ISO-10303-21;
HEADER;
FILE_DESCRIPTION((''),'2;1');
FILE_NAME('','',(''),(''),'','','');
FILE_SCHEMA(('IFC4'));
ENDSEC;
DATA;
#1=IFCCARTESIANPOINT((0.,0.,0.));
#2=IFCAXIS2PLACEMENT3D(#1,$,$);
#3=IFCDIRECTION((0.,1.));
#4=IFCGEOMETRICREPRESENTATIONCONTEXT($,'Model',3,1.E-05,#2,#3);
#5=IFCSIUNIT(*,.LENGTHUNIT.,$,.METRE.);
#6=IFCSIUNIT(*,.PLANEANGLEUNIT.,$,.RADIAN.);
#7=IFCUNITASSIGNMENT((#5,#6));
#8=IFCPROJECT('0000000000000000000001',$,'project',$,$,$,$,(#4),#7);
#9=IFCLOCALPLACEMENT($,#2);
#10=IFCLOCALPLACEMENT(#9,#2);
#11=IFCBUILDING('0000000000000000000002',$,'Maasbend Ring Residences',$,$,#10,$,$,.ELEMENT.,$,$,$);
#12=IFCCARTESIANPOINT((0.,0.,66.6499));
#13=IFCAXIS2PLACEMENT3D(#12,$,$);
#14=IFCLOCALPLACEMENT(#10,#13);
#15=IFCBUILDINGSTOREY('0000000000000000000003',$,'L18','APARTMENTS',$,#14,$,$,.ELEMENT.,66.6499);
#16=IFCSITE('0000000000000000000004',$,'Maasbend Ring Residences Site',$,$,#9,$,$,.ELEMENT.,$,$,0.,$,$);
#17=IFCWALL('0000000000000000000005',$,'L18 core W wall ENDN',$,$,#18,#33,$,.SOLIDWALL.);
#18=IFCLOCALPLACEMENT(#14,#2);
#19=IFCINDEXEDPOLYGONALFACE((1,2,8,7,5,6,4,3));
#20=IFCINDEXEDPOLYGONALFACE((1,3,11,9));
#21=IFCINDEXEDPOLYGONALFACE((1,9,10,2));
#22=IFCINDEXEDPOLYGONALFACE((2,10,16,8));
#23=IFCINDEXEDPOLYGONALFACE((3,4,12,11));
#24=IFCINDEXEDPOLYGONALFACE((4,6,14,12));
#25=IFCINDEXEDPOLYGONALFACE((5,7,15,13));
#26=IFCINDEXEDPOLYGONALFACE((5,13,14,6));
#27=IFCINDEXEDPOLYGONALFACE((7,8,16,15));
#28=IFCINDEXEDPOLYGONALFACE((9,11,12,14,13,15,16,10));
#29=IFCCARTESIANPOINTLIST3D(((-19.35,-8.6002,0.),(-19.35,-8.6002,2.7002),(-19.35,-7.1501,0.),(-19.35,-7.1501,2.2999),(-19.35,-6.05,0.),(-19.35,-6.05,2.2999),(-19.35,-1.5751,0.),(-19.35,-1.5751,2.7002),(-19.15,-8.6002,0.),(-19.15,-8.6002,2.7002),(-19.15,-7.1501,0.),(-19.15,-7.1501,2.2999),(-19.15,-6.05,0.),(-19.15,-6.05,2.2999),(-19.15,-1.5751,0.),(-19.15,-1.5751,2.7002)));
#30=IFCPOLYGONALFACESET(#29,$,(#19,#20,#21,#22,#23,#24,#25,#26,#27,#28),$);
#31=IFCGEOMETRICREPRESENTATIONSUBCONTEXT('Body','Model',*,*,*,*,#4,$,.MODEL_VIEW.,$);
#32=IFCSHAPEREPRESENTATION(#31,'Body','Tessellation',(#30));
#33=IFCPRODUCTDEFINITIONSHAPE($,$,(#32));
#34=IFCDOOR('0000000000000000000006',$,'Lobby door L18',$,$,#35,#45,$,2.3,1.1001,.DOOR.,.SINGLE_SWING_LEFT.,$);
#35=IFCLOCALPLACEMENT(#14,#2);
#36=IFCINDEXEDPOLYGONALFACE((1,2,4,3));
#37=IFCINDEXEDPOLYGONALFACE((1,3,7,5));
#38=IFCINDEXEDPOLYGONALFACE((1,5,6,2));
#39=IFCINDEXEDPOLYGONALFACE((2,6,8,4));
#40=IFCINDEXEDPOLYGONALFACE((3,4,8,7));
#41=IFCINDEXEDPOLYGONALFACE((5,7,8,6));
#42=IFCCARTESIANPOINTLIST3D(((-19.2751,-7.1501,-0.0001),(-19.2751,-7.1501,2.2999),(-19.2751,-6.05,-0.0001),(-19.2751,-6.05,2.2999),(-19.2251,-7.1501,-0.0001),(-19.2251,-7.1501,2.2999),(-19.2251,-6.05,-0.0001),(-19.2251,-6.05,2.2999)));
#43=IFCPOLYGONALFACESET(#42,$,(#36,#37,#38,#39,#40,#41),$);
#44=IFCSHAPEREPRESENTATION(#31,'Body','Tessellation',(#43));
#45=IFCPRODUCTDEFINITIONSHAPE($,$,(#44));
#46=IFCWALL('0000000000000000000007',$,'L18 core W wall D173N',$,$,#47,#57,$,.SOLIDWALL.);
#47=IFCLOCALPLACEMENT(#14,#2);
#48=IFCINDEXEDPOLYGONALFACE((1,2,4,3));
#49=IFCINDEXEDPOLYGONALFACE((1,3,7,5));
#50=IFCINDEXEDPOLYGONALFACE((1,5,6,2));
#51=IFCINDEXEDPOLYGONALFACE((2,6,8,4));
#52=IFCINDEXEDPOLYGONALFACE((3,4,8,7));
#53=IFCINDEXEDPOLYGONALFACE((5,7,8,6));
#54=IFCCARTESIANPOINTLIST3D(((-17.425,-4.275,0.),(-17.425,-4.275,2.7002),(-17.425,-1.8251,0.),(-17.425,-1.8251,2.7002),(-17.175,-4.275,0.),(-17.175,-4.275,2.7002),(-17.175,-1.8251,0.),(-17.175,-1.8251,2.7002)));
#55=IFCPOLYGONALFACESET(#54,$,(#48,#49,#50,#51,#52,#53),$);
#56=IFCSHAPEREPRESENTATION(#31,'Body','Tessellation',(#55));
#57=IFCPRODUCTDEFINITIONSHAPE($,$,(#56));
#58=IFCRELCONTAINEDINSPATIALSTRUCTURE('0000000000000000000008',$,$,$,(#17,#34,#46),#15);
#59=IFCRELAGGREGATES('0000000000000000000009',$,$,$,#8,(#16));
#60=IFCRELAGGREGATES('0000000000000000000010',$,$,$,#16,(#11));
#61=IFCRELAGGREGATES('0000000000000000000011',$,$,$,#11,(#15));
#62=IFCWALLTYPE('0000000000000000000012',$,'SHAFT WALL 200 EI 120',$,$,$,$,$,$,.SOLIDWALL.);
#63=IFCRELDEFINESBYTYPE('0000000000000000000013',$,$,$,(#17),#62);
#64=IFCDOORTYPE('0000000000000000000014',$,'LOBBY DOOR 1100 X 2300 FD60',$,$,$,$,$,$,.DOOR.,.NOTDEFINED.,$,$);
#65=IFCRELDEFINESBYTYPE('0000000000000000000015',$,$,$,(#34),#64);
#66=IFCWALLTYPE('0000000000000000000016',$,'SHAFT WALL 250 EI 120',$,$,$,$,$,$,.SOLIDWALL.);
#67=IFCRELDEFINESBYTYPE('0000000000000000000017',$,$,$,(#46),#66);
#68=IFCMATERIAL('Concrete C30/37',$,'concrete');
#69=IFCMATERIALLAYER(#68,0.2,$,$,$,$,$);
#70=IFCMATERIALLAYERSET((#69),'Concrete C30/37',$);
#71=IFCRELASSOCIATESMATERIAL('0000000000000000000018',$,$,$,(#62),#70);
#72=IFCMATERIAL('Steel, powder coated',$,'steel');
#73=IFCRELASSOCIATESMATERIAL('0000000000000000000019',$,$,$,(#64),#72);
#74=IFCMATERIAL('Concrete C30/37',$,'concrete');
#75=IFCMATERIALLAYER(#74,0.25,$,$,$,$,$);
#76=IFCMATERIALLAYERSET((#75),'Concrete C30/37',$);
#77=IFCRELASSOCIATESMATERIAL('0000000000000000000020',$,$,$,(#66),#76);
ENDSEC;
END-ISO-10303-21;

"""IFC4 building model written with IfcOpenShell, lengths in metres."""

from ifc_helpers import new_model, si_unit, direction, frame, frame_2d, origin, place, context, subcontext, project, spatial, rectangle, extrude, material, layer, layer_set, type_object, element, fill, save


model = new_model("IFC4")

# Units and contexts
model_context = context("Model", 3, precision=1e-05, world=origin(), true_north=direction((0.0, 1.0)))
body_context = subcontext(model_context, "Body", "Model", "MODEL_VIEW")
ifc_project = project(units=[si_unit("LENGTHUNIT", "METRE"), si_unit("PLANEANGLEUNIT", "RADIAN")], contexts=[model_context])

# Site, building, storey
site_placement = place(None, origin())
site = spatial("IfcSite", under=ifc_project, at=site_placement, Name="Maasbend Ring Residences Site", CompositionType="ELEMENT", RefElevation=0.0)
building_placement = place(site_placement, origin())
building = spatial("IfcBuilding", under=site, at=building_placement, Name="Maasbend Ring Residences", CompositionType="ELEMENT")
storey_placement = place(building_placement, frame((0.0, 0.0, 66.6499)))
storey = spatial("IfcBuildingStorey", under=building, at=storey_placement, Name="L18", Description="APARTMENTS", CompositionType="ELEMENT", Elevation=66.6499)

# Wall, opening, door
ifc_material_1 = material(Name="Concrete C30/37", Category="concrete")
ifc_layer_1 = layer(ifc_material_1, 0.2)
ifc_layer_set_1 = layer_set([ifc_layer_1], Name="Concrete C30/37")
wall_type_1 = type_object("IfcWallType", Name="SHAFT WALL 200 EI 120", PredefinedType="SOLIDWALL", material=ifc_layer_set_1)
wall_1_placement = place(storey_placement, frame((-19.25, -1.575, 0.0), z_axis=(0.0, 0.0, 1.0), x_axis=(0.0, -1.0, 0.0)))
wall_1 = element("IfcWall", 1, at=wall_1_placement, inside=storey, type_object=wall_type_1, Name="L18 core W wall ENDN", PredefinedType="SOLIDWALL", context=body_context, shape_type="SweptSolid", body=[
    extrude(rectangle(XDim=7.0251, YDim=0.2, at=frame_2d((3.5127, 0.0))), origin(), (0.0, 0.0, 1.0), 2.7002),
])
opening_1_placement = place(wall_1_placement, frame((4.4751, 0.0, 0.0)))
opening_1 = element("IfcOpeningElement", 2, at=opening_1_placement, cuts=wall_1, PredefinedType="OPENING", context=body_context, shape_type="SweptSolid", body=[
    extrude(rectangle(XDim=1.1001, YDim=2.3, at=frame_2d((0.55, 1.1499))), frame((0.0, 0.1099, 0.0), z_axis=(0.0, -1.0, 0.0), x_axis=(1.0, 0.0, 0.0)), (0.0, 0.0, 1.0), 0.22),
])
ifc_material_2 = material(Name="Steel, powder coated", Category="steel")
door_type_1 = type_object("IfcDoorType", Name="LOBBY DOOR 1100 X 2300 FD60", OperationType="NOTDEFINED", PredefinedType="DOOR", material=ifc_material_2)
door_1_placement = place(opening_1_placement, origin())
door_1 = element("IfcDoor", 3, at=door_1_placement, inside=storey, type_object=door_type_1, Name="Lobby door L18", OperationType="SINGLE_SWING_LEFT", OverallHeight=2.3, OverallWidth=1.1001, PredefinedType="DOOR", context=body_context, shape_type="SweptSolid", body=[
    extrude(rectangle(XDim=1.1001, YDim=2.3, at=frame_2d((0.55, 1.1499))), frame((0.0, 0.0249, 0.0), z_axis=(0.0, -1.0, 0.0), x_axis=(1.0, 0.0, 0.0)), (0.0, 0.0, 1.0), 0.05),
])
fill(opening_1, door_1)

# Wall
ifc_material_3 = material(Name="Concrete C30/37", Category="concrete")
ifc_layer_2 = layer(ifc_material_3, 0.25)
ifc_layer_set_2 = layer_set([ifc_layer_2], Name="Concrete C30/37")
wall_type_2 = type_object("IfcWallType", Name="SHAFT WALL 250 EI 120", PredefinedType="SOLIDWALL", material=ifc_layer_set_2)
wall_2_placement = place(storey_placement, frame((-17.3, -1.825, 0.0), z_axis=(0.0, 0.0, 1.0), x_axis=(0.0, -1.0, 0.0)))
element("IfcWall", 4, at=wall_2_placement, inside=storey, type_object=wall_type_2, Name="L18 core W wall D173N", PredefinedType="SOLIDWALL", context=body_context, shape_type="SweptSolid", body=[
    extrude(rectangle(XDim=2.45, YDim=0.25, at=frame_2d((1.2251, 0.0))), origin(), (0.0, 0.0, 1.0), 2.7002),
])

save(model, "model.ifc")
